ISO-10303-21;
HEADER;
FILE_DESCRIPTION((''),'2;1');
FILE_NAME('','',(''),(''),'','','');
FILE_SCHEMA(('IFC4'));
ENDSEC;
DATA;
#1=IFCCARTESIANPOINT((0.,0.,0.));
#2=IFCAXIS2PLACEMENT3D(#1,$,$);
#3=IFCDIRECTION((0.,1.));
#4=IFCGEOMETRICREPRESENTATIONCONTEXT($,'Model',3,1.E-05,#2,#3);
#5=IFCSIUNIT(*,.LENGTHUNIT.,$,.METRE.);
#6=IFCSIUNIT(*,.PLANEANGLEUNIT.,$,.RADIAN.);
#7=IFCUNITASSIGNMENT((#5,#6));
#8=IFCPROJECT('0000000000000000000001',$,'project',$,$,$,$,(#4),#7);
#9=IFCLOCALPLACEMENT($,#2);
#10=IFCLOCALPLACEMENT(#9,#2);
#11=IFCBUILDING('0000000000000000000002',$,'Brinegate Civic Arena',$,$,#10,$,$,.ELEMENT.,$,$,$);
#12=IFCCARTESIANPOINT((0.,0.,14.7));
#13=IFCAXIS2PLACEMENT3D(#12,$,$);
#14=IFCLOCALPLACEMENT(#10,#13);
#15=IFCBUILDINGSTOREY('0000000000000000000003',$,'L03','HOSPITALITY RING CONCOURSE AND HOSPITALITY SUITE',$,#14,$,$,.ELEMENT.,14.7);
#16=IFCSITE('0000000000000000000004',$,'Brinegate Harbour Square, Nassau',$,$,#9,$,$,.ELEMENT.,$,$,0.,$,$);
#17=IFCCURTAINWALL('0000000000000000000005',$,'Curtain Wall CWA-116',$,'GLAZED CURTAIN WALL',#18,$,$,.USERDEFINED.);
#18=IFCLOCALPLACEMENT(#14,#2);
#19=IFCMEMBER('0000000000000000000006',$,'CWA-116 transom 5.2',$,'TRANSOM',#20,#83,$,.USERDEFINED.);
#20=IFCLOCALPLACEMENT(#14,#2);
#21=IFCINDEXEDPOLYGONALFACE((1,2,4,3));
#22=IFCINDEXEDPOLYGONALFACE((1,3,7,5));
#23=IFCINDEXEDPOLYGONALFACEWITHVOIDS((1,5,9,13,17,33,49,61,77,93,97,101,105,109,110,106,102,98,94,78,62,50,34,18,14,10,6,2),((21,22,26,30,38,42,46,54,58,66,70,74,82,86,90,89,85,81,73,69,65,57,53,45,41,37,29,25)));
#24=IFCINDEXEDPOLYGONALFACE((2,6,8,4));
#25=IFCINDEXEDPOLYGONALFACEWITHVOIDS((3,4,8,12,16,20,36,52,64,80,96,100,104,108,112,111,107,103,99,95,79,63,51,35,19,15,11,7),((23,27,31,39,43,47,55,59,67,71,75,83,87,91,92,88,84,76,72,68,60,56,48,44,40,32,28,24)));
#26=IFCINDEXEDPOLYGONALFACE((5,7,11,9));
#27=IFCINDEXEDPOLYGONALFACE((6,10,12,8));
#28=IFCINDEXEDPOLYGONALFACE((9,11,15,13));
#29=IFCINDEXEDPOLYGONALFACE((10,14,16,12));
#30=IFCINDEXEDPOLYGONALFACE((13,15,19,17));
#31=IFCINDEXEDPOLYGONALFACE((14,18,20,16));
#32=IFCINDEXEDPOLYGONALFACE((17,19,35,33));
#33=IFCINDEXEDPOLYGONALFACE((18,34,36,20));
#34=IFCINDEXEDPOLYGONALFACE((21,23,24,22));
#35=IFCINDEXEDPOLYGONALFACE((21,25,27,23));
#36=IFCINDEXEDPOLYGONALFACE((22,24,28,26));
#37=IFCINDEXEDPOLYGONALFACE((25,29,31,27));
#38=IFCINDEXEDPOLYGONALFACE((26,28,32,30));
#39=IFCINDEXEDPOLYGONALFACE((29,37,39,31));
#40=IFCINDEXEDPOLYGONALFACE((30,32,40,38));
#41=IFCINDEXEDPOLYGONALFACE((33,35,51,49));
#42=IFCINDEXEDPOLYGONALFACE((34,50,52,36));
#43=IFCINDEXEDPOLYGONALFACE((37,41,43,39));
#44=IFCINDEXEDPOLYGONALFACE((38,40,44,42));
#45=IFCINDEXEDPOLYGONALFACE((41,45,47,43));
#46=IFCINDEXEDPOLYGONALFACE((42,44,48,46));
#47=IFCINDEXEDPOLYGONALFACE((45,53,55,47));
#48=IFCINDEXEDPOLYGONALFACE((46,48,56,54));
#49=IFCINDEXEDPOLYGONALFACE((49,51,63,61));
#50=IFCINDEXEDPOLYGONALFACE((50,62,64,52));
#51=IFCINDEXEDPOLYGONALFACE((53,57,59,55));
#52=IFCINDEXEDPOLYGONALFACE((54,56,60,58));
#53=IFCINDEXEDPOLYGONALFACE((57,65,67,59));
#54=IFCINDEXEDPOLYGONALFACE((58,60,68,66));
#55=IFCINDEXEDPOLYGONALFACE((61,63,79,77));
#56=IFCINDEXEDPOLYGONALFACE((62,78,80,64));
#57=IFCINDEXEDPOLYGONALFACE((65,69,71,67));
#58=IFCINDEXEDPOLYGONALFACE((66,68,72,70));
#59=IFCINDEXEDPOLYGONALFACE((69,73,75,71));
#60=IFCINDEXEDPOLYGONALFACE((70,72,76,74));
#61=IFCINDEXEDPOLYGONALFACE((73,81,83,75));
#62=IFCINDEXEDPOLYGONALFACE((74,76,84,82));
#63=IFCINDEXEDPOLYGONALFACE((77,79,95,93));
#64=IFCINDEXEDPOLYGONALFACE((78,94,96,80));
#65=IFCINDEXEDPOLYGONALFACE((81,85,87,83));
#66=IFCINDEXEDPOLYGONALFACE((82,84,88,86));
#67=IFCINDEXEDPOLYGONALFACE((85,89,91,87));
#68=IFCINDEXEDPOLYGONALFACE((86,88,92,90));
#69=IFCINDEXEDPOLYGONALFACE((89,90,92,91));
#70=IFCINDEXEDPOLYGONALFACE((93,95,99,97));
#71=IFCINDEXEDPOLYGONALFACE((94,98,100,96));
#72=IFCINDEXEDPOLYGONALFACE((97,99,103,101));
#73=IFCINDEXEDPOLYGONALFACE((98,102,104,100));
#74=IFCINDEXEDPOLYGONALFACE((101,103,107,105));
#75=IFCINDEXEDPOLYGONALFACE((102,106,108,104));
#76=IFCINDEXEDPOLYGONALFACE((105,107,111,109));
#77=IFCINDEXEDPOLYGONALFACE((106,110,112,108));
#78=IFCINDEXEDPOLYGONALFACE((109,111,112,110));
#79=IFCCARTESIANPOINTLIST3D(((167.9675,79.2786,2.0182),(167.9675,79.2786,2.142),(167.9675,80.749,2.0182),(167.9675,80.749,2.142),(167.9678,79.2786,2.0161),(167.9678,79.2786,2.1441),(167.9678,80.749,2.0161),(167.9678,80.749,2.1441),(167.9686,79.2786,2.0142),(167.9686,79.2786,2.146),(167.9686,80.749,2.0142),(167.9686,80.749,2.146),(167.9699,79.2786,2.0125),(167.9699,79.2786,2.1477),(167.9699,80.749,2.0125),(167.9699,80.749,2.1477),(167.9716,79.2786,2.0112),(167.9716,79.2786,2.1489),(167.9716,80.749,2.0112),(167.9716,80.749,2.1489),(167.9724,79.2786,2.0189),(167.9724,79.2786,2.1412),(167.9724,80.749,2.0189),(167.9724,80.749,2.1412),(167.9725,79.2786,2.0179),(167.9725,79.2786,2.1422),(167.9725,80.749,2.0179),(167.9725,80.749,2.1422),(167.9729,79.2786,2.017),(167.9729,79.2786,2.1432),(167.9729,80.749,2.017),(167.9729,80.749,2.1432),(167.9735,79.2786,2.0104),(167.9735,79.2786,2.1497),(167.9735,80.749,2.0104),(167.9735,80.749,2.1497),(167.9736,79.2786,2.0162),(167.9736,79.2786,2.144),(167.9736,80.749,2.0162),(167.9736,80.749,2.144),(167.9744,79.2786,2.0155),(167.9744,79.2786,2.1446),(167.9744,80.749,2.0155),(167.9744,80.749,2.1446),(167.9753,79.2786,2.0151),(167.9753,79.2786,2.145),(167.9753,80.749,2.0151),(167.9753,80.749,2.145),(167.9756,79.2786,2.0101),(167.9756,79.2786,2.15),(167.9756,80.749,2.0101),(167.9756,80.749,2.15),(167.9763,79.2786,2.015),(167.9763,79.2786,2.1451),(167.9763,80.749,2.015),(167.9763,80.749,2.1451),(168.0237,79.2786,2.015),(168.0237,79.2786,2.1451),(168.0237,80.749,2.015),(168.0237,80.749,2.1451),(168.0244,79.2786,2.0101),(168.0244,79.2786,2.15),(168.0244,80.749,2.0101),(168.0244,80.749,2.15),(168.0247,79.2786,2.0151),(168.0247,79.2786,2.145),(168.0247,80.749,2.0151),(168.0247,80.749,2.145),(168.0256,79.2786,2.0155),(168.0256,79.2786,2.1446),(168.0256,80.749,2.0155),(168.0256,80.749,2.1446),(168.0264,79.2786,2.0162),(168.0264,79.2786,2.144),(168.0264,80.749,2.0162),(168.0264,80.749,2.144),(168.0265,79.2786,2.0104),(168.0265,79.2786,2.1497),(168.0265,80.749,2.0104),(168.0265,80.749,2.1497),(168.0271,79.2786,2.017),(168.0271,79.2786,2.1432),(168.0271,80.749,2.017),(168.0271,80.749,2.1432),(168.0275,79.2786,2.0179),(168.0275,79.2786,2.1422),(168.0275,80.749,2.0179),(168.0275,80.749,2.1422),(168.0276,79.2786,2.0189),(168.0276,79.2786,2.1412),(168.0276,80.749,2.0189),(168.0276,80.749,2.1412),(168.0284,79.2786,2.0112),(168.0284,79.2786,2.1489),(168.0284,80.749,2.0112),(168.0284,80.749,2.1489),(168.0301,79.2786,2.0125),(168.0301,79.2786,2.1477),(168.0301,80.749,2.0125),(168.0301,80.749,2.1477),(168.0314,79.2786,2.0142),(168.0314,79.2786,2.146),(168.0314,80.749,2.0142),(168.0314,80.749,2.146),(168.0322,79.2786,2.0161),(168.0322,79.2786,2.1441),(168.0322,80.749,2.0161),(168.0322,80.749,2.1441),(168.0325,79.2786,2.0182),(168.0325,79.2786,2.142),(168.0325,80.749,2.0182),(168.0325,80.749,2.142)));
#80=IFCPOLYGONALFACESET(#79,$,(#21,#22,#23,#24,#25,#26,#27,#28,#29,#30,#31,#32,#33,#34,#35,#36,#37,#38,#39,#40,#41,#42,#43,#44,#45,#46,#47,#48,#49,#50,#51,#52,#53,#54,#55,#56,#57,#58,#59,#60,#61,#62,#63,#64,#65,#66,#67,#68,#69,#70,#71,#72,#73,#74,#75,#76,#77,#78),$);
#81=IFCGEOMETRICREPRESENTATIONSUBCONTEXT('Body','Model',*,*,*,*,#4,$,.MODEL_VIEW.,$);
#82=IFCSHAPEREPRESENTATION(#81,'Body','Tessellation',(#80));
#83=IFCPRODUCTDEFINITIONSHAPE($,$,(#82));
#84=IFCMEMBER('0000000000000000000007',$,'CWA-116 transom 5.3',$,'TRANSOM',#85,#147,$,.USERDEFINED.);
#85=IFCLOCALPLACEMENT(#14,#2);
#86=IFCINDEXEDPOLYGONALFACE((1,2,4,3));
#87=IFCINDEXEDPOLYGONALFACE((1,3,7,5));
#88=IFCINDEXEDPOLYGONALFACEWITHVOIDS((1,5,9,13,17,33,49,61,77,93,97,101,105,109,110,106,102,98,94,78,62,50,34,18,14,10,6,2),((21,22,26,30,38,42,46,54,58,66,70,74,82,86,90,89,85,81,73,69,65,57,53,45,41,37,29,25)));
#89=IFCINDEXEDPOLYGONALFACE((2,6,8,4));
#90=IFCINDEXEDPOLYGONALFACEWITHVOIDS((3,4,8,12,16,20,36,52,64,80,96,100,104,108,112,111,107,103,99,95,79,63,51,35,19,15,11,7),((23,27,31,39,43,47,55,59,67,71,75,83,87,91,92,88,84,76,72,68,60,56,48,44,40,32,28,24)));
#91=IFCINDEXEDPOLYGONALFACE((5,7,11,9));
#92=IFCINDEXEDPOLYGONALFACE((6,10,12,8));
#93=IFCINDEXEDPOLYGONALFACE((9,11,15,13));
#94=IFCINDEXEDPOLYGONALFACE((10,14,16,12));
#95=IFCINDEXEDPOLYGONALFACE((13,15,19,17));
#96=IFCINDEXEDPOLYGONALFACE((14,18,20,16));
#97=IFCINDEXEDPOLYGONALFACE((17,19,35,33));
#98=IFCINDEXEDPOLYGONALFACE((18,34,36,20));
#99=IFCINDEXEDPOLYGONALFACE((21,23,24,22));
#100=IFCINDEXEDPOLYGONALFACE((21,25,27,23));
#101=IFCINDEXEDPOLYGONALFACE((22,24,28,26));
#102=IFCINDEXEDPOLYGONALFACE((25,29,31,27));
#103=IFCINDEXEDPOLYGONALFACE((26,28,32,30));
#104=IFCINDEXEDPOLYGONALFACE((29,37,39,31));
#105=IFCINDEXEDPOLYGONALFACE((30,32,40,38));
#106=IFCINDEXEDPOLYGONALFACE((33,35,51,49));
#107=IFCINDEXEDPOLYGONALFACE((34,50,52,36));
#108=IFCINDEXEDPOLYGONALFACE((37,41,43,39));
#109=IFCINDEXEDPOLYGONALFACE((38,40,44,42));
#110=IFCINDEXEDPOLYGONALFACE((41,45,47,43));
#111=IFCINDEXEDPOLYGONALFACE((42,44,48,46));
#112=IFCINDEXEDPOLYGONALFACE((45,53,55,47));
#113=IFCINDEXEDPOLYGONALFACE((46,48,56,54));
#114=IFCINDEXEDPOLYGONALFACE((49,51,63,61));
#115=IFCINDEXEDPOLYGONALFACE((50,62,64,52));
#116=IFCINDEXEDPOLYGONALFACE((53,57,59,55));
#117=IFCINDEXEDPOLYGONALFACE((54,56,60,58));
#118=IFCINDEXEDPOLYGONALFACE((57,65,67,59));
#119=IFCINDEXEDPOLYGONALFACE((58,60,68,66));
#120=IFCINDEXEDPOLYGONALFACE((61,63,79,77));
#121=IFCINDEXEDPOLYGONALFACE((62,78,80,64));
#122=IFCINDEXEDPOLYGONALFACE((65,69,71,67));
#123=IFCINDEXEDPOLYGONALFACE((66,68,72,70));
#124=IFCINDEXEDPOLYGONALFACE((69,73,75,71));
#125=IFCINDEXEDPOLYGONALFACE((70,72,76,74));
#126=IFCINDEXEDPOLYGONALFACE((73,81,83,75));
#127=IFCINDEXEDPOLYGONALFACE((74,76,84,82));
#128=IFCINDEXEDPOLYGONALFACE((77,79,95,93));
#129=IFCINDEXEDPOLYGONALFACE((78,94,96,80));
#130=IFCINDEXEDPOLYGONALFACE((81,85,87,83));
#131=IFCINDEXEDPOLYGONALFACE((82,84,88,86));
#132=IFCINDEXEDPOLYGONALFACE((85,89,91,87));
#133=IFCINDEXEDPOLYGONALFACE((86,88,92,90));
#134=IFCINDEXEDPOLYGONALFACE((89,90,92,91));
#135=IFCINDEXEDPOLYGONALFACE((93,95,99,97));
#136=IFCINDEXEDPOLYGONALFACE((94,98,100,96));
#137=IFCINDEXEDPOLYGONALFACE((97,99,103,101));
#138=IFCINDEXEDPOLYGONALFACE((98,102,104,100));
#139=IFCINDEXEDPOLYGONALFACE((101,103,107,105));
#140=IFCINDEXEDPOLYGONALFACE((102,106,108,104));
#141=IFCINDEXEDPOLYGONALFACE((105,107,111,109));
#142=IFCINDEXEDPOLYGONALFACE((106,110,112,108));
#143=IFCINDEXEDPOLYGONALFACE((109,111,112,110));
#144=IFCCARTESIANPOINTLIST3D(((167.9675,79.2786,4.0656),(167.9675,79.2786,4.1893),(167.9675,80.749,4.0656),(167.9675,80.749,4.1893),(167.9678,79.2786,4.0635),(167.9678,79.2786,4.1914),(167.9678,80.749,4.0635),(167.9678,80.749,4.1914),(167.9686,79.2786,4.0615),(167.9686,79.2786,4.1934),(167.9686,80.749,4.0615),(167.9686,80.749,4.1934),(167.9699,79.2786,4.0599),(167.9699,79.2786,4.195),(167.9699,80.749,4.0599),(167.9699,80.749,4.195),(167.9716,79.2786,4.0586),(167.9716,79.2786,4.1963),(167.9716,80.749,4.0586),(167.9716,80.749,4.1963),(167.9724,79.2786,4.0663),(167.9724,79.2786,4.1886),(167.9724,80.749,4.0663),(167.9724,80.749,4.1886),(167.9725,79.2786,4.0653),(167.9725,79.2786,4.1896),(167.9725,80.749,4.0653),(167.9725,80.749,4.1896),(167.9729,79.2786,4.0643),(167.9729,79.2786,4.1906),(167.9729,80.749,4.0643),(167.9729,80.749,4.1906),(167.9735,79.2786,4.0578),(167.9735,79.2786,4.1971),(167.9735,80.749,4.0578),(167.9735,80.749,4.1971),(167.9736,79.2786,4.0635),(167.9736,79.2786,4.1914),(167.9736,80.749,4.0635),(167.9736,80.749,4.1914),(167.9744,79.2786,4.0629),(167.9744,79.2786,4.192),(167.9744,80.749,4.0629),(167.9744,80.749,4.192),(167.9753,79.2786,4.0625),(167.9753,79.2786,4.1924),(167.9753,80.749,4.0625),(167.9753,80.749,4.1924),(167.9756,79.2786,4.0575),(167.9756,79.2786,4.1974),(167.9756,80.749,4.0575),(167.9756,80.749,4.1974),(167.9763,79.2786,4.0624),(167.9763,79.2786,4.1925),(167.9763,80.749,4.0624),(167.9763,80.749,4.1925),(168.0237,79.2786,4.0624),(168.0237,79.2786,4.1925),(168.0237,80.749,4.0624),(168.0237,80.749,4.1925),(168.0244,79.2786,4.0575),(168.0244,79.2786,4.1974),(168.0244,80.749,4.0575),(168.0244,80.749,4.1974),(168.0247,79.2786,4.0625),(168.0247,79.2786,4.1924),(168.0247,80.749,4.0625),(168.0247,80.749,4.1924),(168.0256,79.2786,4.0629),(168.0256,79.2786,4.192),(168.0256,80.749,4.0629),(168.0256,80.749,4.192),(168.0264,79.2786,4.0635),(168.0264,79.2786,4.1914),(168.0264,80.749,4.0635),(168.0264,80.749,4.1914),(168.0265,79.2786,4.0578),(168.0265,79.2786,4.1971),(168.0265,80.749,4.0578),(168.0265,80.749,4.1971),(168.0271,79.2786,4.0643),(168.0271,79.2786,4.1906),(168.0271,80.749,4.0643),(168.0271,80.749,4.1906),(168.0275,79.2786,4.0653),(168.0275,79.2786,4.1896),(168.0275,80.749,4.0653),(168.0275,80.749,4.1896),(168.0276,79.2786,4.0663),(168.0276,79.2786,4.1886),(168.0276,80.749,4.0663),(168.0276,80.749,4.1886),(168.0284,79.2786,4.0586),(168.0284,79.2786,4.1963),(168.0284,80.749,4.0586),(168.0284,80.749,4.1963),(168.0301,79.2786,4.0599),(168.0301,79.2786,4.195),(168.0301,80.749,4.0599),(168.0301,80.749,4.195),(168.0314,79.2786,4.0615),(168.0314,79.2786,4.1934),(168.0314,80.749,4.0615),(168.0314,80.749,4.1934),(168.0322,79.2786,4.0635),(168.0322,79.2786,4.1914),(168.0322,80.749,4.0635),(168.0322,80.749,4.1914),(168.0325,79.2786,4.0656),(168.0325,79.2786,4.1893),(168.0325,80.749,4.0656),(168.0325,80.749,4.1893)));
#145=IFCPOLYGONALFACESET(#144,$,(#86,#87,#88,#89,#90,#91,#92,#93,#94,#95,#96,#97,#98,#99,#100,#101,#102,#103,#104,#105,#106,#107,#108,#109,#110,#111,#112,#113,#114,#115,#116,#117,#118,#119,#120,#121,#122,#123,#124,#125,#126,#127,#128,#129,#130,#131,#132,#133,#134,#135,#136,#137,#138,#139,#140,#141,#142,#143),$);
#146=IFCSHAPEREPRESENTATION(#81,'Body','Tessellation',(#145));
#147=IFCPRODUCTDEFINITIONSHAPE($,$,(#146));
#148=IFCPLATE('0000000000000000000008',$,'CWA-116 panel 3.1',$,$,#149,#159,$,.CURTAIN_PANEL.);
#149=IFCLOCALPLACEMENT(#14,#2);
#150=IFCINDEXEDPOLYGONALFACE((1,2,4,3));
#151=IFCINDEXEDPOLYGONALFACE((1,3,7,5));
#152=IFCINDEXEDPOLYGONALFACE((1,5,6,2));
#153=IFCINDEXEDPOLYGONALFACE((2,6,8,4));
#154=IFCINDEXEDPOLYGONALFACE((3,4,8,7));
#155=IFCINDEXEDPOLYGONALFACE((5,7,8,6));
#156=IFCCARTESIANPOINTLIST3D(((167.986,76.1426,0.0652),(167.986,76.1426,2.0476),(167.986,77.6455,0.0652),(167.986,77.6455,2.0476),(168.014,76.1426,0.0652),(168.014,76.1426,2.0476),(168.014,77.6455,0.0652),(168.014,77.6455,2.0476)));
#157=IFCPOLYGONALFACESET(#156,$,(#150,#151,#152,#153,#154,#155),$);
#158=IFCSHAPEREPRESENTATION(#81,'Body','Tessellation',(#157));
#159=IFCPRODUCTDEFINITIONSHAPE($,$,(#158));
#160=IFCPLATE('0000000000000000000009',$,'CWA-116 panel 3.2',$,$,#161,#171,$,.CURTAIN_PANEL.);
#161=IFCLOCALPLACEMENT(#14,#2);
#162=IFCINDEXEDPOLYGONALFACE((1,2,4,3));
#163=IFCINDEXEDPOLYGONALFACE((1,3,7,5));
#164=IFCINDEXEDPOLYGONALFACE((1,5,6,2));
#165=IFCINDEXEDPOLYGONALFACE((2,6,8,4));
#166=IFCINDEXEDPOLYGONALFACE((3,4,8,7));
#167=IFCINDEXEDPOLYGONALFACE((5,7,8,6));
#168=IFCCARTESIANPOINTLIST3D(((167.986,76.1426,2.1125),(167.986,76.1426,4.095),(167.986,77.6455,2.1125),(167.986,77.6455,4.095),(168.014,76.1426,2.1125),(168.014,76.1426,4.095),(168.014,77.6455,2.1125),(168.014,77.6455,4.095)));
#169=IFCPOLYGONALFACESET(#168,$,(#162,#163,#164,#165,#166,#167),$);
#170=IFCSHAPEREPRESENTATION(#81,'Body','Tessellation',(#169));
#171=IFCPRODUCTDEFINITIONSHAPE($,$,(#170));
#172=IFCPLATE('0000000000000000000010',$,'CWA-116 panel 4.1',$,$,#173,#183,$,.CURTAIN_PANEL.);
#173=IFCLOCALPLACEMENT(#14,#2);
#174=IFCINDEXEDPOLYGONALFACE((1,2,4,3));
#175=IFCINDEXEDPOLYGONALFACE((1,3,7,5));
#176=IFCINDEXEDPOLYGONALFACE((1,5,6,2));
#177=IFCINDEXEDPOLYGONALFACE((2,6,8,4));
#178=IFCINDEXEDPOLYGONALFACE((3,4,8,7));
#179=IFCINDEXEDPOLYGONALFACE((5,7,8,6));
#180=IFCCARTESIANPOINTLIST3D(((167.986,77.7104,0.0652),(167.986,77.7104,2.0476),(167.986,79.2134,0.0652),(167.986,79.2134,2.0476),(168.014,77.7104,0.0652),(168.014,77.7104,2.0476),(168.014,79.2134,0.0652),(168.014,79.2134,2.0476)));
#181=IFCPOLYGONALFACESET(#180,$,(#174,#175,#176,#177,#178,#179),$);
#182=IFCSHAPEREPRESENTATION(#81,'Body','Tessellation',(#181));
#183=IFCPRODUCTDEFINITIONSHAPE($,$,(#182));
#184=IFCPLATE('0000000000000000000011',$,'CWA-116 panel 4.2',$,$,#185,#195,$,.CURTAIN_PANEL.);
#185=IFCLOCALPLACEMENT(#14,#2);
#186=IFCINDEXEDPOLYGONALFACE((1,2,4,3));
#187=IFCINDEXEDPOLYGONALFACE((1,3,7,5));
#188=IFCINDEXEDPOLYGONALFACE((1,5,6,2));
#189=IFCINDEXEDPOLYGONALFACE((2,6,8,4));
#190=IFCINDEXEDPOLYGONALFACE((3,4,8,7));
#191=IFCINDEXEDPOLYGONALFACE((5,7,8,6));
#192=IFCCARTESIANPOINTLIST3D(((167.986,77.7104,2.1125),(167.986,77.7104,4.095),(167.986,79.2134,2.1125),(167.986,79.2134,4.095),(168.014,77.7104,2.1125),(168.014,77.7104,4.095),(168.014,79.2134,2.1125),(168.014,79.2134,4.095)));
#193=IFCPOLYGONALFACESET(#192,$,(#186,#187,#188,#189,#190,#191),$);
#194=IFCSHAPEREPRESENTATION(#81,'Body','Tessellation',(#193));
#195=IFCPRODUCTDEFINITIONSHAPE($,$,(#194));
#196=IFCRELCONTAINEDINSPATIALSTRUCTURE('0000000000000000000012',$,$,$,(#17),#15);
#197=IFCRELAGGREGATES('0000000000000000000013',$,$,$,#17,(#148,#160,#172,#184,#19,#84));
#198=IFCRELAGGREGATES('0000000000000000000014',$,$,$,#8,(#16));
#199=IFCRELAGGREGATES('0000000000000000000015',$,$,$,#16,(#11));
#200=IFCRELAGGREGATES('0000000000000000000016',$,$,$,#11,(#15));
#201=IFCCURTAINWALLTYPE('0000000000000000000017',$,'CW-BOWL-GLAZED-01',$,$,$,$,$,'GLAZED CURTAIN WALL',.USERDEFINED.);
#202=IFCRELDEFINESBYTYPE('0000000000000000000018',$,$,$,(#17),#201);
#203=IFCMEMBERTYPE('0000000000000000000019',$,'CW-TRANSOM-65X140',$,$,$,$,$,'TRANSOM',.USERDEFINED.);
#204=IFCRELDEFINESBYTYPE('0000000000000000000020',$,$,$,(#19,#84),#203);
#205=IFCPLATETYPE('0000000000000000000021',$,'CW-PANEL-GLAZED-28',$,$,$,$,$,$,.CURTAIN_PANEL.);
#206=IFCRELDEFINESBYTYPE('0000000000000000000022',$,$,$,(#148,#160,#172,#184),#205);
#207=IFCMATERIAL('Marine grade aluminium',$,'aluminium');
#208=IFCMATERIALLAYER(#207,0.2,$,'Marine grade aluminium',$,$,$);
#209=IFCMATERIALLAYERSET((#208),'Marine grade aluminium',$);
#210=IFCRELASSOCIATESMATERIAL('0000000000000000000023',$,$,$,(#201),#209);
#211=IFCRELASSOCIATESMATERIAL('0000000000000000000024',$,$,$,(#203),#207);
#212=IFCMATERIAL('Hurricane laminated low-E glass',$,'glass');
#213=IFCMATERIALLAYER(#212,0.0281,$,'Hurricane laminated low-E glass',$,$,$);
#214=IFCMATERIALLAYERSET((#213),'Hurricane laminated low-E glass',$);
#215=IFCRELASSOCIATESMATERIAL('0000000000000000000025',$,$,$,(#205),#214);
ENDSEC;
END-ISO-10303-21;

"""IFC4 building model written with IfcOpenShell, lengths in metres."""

from ifc_helpers import new_model, si_unit, direction, frame, origin, origin_2d, place, context, subcontext, project, spatial, rectangle, hollow_rectangle, extrude, material, layer, layer_set, material_profile, profile_set, type_object, element, aggregate, save


model = new_model("IFC4")

# Units and contexts
model_context = context("Model", 3, precision=1e-05, world=origin(), true_north=direction((0.0, 1.0)))
body_context = subcontext(model_context, "Body", "Model", "MODEL_VIEW")
ifc_project = project(units=[si_unit("LENGTHUNIT", "METRE"), si_unit("PLANEANGLEUNIT", "RADIAN")], contexts=[model_context])

# Site, building, storey
site_placement = place(None, origin())
site = spatial("IfcSite", under=ifc_project, at=site_placement, Name="Brinegate Harbour Square, Nassau", CompositionType="ELEMENT", RefElevation=0.0)
building_placement = place(site_placement, origin())
building = spatial("IfcBuilding", under=site, at=building_placement, Name="Brinegate Civic Arena", CompositionType="ELEMENT")
storey_placement = place(building_placement, frame((0.0, 0.0, 14.7)))
storey = spatial("IfcBuildingStorey", under=building, at=storey_placement, Name="L03", Description="HOSPITALITY RING CONCOURSE AND HOSPITALITY SUITE", CompositionType="ELEMENT", Elevation=14.7)

# Curtain wall, members, plates
ifc_material_1 = material(Name="Marine grade aluminium", Category="aluminium")
ifc_layer_1 = layer(ifc_material_1, 0.2, Name="Marine grade aluminium")
ifc_layer_set_1 = layer_set([ifc_layer_1], Name="Marine grade aluminium")
curtain_wall_type = type_object("IfcCurtainWallType", Name="CW-BOWL-GLAZED-01", ElementType="GLAZED CURTAIN WALL", PredefinedType="USERDEFINED", material=ifc_layer_set_1)
curtain_wall_placement = place(storey_placement, origin())
curtain_wall = element("IfcCurtainWall", 1, at=curtain_wall_placement, inside=storey, type_object=curtain_wall_type, Name="Curtain Wall CWA-116", ObjectType="GLAZED CURTAIN WALL", PredefinedType="USERDEFINED")
ifc_material_profile_1 = material_profile(ifc_material_1, hollow_rectangle(XDim=0.0649, YDim=0.1399, WallThickness=0.0049, InnerFilletRadius=0.0039, OuterFilletRadius=0.0081, at=origin_2d()), Name="TRN65X140")
ifc_profile_set_1 = profile_set([ifc_material_profile_1], Name="Marine grade aluminium")
member_type_1 = type_object("IfcMemberType", Name="CW-TRANSOM-65X140", ElementType="TRANSOM", PredefinedType="USERDEFINED", material=ifc_profile_set_1)
member_1_placement = place(storey_placement, frame((168.0, 79.2786, 2.0801), z_axis=(0.0, 1.0, 0.0), x_axis=(-1.0, 0.0, 0.0)))
member_1 = element("IfcMember", 2, at=member_1_placement, type_object=member_type_1, Name="CWA-116 transom 5.2", ObjectType="TRANSOM", PredefinedType="USERDEFINED", context=body_context, shape_type="SweptSolid", body=[
    extrude(hollow_rectangle(XDim=0.0649, YDim=0.1399, WallThickness=0.0049, InnerFilletRadius=0.0039, OuterFilletRadius=0.0081, at=origin_2d()), origin(), (0.0, 0.0, 1.0), 1.4705),
])
member_2_placement = place(storey_placement, frame((168.0, 79.2786, 4.1274), z_axis=(0.0, 1.0, 0.0), x_axis=(-1.0, 0.0, 0.0)))
member_2 = element("IfcMember", 3, at=member_2_placement, type_object=member_type_1, Name="CWA-116 transom 5.3", ObjectType="TRANSOM", PredefinedType="USERDEFINED", context=body_context, shape_type="SweptSolid", body=[
    extrude(hollow_rectangle(XDim=0.0649, YDim=0.1399, WallThickness=0.0049, InnerFilletRadius=0.0039, OuterFilletRadius=0.0081, at=origin_2d()), origin(), (0.0, 0.0, 1.0), 1.4705),
])
ifc_material_2 = material(Name="Hurricane laminated low-E glass", Category="glass")
ifc_layer_2 = layer(ifc_material_2, 0.0281, Name="Hurricane laminated low-E glass")
ifc_layer_set_2 = layer_set([ifc_layer_2], Name="Hurricane laminated low-E glass")
plate_type = type_object("IfcPlateType", Name="CW-PANEL-GLAZED-28", PredefinedType="CURTAIN_PANEL", material=ifc_layer_set_2)
plate_1_placement = place(storey_placement, frame((168.0, 76.894, 0.0652), z_axis=(0.0, 0.0, 1.0), x_axis=(0.0, 1.0, 0.0)))
plate_1 = element("IfcPlate", 4, at=plate_1_placement, type_object=plate_type, Name="CWA-116 panel 3.1", PredefinedType="CURTAIN_PANEL", context=body_context, shape_type="SweptSolid", body=[
    extrude(rectangle(XDim=1.5029, YDim=0.0281, at=origin_2d()), origin(), (0.0, 0.0, 1.0), 1.9824),
])
plate_2_placement = place(storey_placement, frame((168.0, 76.894, 2.1125), z_axis=(0.0, 0.0, 1.0), x_axis=(0.0, 1.0, 0.0)))
plate_2 = element("IfcPlate", 5, at=plate_2_placement, type_object=plate_type, Name="CWA-116 panel 3.2", PredefinedType="CURTAIN_PANEL", context=body_context, shape_type="SweptSolid", body=[
    extrude(rectangle(XDim=1.5029, YDim=0.0281, at=origin_2d()), origin(), (0.0, 0.0, 1.0), 1.9824),
])
plate_3_placement = place(storey_placement, frame((168.0, 78.4619, 0.0652), z_axis=(0.0, 0.0, 1.0), x_axis=(0.0, 1.0, 0.0)))
plate_3 = element("IfcPlate", 6, at=plate_3_placement, type_object=plate_type, Name="CWA-116 panel 4.1", PredefinedType="CURTAIN_PANEL", context=body_context, shape_type="SweptSolid", body=[
    extrude(rectangle(XDim=1.5029, YDim=0.0281, at=origin_2d()), origin(), (0.0, 0.0, 1.0), 1.9824),
])
plate_4_placement = place(storey_placement, frame((168.0, 78.4619, 2.1125), z_axis=(0.0, 0.0, 1.0), x_axis=(0.0, 1.0, 0.0)))
plate_4 = element("IfcPlate", 7, at=plate_4_placement, type_object=plate_type, Name="CWA-116 panel 4.2", PredefinedType="CURTAIN_PANEL", context=body_context, shape_type="SweptSolid", body=[
    extrude(rectangle(XDim=1.5029, YDim=0.0281, at=origin_2d()), origin(), (0.0, 0.0, 1.0), 1.9824),
])
aggregate(curtain_wall, [plate_1, plate_2, plate_3, plate_4, member_1, member_2])

save(model, "model.ifc")
